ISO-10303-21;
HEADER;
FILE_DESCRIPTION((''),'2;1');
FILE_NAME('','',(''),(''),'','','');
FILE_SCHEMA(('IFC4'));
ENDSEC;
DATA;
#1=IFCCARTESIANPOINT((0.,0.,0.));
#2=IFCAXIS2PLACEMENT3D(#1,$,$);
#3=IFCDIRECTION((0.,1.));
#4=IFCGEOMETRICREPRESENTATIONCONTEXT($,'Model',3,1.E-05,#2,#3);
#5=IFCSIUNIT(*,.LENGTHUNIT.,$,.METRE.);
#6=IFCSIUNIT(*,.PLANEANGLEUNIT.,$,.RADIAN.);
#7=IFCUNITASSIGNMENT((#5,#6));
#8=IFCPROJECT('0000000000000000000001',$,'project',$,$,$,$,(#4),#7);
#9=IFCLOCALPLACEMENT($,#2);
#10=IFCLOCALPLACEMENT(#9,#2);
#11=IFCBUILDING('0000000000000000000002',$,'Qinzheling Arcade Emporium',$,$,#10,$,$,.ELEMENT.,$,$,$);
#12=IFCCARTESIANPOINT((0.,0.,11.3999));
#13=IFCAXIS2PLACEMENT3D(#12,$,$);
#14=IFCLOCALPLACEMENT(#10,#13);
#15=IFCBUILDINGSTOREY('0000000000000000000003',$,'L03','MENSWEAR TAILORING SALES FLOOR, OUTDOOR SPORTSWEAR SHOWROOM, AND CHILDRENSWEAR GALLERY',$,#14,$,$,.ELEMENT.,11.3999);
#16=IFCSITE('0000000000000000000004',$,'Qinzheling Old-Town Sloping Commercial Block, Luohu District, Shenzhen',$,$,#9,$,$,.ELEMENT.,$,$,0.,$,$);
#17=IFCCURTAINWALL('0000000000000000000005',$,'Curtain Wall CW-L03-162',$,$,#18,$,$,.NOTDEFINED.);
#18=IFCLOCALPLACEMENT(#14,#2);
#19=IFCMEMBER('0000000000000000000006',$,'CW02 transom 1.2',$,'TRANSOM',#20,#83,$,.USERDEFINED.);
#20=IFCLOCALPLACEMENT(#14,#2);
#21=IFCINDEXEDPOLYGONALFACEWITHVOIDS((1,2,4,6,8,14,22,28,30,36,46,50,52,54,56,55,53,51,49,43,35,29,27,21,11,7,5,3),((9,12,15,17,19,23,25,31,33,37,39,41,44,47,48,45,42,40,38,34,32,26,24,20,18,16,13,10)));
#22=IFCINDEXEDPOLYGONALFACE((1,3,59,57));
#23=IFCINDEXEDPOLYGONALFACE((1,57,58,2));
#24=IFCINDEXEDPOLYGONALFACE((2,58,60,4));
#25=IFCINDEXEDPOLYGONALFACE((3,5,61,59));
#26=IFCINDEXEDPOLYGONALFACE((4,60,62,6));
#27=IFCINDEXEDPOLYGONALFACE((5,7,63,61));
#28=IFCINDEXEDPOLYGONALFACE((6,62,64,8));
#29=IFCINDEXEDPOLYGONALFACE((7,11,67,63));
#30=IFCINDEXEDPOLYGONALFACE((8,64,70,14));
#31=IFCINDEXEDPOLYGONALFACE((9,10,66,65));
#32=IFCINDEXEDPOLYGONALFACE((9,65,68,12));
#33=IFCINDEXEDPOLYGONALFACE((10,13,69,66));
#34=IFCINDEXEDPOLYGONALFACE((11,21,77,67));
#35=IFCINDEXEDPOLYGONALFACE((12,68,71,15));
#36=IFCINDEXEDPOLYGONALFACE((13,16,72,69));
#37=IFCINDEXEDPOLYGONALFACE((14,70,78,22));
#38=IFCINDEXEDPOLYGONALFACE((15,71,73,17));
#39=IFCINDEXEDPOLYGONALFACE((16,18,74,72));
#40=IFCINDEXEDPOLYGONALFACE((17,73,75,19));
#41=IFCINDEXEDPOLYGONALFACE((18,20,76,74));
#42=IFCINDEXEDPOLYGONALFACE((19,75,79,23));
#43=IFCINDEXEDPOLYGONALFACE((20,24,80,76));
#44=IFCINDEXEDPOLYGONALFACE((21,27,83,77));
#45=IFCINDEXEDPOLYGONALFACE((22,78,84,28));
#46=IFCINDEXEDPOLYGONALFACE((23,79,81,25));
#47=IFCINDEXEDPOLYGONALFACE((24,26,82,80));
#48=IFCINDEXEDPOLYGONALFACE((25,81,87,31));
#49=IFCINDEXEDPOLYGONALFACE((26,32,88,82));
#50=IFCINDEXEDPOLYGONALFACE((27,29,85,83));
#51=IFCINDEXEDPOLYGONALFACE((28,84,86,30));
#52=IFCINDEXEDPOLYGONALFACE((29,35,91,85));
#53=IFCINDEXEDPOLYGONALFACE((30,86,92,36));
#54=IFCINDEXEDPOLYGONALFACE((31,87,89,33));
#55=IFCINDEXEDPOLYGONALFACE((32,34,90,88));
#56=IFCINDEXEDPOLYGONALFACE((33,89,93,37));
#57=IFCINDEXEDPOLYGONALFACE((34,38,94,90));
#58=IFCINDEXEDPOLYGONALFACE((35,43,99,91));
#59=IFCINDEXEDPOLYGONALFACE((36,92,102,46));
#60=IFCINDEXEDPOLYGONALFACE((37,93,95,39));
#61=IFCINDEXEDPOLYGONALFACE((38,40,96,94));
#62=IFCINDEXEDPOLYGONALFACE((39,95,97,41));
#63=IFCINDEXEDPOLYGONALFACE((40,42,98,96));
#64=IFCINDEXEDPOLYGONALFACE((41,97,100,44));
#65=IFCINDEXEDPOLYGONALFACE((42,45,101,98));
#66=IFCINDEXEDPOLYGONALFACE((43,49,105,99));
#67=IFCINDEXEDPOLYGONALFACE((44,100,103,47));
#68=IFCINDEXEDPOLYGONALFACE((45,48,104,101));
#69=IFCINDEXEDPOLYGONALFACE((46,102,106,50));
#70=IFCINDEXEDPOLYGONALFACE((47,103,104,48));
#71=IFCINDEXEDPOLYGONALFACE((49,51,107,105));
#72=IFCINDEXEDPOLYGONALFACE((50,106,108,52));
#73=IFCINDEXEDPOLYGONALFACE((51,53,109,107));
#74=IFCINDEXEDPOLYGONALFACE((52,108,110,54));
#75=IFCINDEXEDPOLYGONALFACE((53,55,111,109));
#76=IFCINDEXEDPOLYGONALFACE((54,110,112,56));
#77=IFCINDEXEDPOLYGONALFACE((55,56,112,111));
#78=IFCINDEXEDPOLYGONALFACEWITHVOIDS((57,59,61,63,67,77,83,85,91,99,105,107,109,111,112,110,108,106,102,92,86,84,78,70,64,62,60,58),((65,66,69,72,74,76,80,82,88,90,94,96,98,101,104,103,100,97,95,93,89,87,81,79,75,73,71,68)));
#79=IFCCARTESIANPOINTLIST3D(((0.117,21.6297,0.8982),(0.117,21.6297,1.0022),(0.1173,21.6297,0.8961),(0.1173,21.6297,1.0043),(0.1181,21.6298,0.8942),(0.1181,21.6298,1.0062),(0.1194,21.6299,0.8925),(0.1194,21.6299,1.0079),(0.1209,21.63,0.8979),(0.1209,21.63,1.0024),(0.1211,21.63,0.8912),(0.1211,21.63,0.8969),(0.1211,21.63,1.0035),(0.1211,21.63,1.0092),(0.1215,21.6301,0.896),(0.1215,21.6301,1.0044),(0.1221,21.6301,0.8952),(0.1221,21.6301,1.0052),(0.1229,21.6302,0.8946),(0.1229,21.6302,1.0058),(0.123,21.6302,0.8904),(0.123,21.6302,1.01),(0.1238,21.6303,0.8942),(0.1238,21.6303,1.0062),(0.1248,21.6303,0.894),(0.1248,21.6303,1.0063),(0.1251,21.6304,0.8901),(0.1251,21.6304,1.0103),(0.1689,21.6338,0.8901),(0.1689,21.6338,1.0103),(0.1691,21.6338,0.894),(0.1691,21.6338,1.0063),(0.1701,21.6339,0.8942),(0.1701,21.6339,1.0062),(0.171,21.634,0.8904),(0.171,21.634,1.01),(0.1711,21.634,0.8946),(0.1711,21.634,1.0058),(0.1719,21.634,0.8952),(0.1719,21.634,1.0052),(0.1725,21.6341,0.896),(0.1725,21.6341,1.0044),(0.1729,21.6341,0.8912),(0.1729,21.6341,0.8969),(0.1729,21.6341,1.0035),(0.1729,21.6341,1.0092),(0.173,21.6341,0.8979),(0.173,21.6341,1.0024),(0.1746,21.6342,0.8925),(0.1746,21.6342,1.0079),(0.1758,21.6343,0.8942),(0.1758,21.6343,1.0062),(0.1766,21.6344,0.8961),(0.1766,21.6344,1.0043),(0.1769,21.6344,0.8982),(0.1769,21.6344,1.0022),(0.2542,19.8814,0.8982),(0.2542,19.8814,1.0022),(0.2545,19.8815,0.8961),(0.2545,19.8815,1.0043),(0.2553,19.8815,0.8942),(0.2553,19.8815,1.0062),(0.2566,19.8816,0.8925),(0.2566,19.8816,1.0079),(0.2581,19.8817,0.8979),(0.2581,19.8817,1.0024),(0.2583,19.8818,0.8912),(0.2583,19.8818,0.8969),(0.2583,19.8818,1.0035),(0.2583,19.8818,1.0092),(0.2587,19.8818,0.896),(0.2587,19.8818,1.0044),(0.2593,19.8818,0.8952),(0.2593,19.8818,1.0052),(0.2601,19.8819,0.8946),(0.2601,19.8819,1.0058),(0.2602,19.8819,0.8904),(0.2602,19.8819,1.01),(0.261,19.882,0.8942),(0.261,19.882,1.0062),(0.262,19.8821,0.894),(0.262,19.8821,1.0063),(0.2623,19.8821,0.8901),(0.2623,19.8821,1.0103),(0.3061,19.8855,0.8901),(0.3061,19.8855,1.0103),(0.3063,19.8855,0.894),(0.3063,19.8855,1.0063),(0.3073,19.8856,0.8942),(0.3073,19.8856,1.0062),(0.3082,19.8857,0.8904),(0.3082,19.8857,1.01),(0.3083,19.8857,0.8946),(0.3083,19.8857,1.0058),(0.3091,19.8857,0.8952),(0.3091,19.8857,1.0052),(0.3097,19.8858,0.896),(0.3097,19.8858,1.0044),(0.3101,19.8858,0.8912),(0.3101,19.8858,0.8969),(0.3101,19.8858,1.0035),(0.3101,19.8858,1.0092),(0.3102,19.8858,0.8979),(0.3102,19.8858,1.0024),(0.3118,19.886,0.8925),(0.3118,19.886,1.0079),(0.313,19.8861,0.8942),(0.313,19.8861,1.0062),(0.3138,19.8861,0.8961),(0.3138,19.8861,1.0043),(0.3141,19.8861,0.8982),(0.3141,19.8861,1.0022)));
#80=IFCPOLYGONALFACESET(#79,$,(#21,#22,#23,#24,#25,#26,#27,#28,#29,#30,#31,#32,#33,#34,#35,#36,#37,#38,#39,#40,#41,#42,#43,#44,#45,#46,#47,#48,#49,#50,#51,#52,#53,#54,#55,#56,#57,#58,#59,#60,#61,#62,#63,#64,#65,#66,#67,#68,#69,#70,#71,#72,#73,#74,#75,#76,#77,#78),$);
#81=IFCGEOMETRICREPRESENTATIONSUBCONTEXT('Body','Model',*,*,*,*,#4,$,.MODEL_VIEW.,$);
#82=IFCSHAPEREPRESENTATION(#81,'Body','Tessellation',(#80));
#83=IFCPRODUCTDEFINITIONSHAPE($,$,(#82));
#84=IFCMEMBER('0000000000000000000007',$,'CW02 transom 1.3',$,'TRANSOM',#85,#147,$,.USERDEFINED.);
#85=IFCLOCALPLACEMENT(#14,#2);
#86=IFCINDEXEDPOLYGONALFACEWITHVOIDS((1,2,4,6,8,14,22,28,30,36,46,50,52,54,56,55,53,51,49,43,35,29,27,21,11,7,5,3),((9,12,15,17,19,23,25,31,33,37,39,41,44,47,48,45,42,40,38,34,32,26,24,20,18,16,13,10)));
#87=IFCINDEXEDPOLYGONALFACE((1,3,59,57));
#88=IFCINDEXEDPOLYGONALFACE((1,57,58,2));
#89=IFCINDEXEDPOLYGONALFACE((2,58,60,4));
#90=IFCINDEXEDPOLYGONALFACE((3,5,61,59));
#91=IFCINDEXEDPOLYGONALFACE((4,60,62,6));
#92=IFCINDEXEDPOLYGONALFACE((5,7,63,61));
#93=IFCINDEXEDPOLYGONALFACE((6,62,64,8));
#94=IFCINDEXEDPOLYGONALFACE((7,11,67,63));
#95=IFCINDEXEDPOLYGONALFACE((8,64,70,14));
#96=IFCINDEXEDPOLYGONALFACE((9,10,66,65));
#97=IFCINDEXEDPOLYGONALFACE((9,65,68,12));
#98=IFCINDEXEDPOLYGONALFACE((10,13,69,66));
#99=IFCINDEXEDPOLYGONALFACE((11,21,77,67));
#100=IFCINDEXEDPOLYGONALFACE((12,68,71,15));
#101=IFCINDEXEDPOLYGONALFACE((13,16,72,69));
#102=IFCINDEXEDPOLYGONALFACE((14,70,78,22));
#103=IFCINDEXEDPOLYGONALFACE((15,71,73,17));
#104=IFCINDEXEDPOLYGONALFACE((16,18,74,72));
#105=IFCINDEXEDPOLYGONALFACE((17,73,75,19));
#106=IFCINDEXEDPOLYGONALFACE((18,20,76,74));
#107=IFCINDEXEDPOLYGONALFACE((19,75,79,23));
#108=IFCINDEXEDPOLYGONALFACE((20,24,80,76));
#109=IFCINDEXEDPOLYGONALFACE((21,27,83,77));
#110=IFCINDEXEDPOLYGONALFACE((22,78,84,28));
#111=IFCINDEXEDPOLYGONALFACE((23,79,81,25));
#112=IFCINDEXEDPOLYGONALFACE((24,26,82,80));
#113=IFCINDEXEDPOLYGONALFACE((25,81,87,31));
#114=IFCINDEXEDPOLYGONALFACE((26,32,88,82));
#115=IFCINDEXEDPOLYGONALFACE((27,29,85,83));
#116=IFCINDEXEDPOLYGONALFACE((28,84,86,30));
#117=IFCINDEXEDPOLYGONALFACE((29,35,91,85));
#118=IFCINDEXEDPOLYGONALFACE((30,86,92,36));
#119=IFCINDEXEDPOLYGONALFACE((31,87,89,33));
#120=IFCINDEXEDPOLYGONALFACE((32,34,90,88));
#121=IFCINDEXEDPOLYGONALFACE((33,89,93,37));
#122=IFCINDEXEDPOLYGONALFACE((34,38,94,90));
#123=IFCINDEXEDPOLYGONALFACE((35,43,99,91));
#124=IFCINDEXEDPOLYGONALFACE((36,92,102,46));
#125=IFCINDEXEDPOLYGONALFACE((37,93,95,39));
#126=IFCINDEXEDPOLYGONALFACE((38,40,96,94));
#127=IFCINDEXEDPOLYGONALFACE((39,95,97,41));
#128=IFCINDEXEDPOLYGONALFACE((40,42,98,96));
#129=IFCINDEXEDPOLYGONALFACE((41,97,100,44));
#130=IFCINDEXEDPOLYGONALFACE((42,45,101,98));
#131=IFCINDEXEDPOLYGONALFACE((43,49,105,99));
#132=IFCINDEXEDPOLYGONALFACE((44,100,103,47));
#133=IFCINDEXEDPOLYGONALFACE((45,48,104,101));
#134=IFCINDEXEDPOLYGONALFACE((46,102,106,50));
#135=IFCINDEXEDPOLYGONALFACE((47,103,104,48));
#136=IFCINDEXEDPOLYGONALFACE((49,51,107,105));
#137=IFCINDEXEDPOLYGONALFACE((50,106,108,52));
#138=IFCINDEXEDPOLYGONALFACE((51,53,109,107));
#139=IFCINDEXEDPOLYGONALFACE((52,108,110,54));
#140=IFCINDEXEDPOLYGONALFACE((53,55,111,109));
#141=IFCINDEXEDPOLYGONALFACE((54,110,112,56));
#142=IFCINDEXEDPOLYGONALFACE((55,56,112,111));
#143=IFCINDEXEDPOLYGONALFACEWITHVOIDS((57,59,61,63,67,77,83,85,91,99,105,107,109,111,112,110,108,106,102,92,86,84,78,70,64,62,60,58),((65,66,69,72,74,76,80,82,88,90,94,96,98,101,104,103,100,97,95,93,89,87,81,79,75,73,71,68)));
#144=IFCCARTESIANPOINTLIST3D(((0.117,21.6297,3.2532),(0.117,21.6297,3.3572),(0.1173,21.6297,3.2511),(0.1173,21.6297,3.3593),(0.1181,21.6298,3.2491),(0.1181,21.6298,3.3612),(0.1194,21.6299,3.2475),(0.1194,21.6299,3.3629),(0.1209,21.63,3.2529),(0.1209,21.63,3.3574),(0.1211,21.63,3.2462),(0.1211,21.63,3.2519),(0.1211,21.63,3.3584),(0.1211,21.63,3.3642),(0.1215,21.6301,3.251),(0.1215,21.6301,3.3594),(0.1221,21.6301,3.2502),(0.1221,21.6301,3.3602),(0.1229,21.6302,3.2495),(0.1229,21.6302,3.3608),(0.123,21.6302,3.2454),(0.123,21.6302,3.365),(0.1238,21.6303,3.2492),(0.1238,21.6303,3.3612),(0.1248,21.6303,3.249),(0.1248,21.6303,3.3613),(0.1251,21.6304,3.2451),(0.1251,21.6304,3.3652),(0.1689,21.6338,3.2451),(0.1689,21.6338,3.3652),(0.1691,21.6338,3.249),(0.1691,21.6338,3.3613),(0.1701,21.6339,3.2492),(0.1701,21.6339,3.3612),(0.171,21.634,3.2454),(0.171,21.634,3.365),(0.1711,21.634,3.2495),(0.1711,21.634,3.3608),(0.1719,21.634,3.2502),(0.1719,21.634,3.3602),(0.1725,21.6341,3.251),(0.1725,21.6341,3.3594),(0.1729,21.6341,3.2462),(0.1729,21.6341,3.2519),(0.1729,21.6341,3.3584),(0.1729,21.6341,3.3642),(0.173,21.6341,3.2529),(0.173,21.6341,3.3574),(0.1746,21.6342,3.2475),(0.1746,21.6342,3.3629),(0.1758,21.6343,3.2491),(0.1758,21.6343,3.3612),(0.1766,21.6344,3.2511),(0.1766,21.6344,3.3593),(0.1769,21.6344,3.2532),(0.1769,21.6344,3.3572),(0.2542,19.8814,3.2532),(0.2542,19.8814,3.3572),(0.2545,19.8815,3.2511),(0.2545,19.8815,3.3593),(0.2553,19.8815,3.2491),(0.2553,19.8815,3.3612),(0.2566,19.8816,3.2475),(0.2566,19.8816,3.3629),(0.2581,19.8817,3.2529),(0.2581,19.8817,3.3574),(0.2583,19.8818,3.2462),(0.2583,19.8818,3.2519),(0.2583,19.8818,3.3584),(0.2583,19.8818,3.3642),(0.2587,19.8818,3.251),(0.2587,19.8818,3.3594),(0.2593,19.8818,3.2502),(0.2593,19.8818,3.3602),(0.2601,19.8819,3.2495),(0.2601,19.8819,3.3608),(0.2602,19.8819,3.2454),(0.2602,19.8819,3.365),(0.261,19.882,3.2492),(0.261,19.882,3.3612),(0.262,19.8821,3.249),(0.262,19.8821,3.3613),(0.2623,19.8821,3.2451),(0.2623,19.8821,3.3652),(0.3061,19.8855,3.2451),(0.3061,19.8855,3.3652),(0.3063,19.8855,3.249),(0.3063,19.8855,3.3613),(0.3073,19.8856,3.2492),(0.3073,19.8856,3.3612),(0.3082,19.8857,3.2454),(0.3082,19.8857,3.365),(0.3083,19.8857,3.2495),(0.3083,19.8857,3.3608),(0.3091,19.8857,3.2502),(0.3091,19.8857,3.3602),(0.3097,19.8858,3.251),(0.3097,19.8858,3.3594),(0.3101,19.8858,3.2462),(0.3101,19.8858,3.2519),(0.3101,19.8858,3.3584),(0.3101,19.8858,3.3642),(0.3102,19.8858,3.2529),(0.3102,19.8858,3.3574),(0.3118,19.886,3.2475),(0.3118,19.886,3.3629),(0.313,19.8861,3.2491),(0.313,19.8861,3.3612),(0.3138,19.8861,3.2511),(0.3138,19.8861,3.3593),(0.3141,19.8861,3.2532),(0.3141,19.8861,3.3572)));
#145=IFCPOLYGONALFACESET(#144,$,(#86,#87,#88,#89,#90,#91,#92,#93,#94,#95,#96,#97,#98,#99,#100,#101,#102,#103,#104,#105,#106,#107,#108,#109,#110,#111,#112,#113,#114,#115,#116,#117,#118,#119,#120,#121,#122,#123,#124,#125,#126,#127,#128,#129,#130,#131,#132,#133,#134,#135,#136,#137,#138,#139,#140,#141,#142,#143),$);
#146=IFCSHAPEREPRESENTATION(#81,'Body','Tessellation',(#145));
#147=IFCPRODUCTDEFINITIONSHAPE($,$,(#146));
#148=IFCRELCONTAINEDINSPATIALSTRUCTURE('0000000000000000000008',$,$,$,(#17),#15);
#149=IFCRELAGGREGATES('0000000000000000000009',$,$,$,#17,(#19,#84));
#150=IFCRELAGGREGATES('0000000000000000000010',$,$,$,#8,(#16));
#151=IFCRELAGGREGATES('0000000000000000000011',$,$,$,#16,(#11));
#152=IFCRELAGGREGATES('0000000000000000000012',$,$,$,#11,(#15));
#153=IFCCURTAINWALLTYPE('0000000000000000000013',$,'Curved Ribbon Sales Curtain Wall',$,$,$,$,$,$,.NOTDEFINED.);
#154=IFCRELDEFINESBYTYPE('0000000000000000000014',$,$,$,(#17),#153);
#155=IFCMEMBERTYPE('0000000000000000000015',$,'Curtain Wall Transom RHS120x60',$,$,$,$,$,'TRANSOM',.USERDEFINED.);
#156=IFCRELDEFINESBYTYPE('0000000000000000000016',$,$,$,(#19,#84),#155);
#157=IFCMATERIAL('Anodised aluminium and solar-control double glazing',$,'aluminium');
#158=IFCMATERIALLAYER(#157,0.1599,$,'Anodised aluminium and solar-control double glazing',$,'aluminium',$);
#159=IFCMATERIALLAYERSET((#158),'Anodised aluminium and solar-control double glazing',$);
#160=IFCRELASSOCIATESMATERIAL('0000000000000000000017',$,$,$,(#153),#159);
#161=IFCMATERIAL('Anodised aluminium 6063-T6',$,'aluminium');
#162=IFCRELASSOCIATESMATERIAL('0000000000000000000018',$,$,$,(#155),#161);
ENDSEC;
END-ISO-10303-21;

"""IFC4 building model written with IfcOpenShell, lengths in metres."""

from ifc_helpers import new_model, si_unit, direction, frame, origin, origin_2d, place, context, subcontext, project, spatial, hollow_rectangle, extrude, material, layer, layer_set, material_profile, profile_set, type_object, element, aggregate, save


model = new_model("IFC4")

# Units and contexts
model_context = context("Model", 3, precision=1e-05, world=origin(), true_north=direction((0.0, 1.0)))
body_context = subcontext(model_context, "Body", "Model", "MODEL_VIEW")
ifc_project = project(units=[si_unit("LENGTHUNIT", "METRE"), si_unit("PLANEANGLEUNIT", "RADIAN")], contexts=[model_context])

# Site, building, storey
site_placement = place(None, origin())
site = spatial("IfcSite", under=ifc_project, at=site_placement, Name="Qinzheling Old-Town Sloping Commercial Block, Luohu District, Shenzhen", CompositionType="ELEMENT", RefElevation=0.0)
building_placement = place(site_placement, origin())
building = spatial("IfcBuilding", under=site, at=building_placement, Name="Qinzheling Arcade Emporium", CompositionType="ELEMENT")
storey_placement = place(building_placement, frame((0.0, 0.0, 11.3999)))
storey = spatial("IfcBuildingStorey", under=building, at=storey_placement, Name="L03", Description="MENSWEAR TAILORING SALES FLOOR, OUTDOOR SPORTSWEAR SHOWROOM, AND CHILDRENSWEAR GALLERY", CompositionType="ELEMENT", Elevation=11.3999)

# Shared definitions
ifc_material_1 = material(Name="Anodised aluminium and solar-control double glazing", Category="aluminium")
ifc_layer_1 = layer(ifc_material_1, 0.1599, Name="Anodised aluminium and solar-control double glazing", Category="aluminium")
ifc_layer_set_1 = layer_set([ifc_layer_1], Name="Anodised aluminium and solar-control double glazing")
curtain_wall_type_1 = type_object("IfcCurtainWallType", Name="Curved Ribbon Sales Curtain Wall", PredefinedType="NOTDEFINED", material=ifc_layer_set_1)
ifc_material_2 = material(Name="Anodised aluminium 6063-T6", Category="aluminium")

# Curtain wall
curtain_wall_1_placement = place(storey_placement, origin())
curtain_wall_1 = element("IfcCurtainWall", 1, at=curtain_wall_1_placement, inside=storey, type_object=curtain_wall_type_1, Name="Curtain Wall CW-L03-162", PredefinedType="NOTDEFINED")

# Members
ifc_material_profile_1 = material_profile(ifc_material_2, hollow_rectangle(XDim=0.0601, YDim=0.1201, WallThickness=0.0039, InnerFilletRadius=0.0039, OuterFilletRadius=0.0081, at=origin_2d()), Name="RHS 120x60x4", Category="aluminium")
ifc_profile_set_1 = profile_set([ifc_material_profile_1], Name="Anodised aluminium 6063-T6")
member_type_1 = type_object("IfcMemberType", Name="Curtain Wall Transom RHS120x60", ElementType="TRANSOM", PredefinedType="USERDEFINED", material=ifc_profile_set_1)
member_1_placement = place(storey_placement, frame((0.2842, 19.8838, 0.9502), z_axis=(-0.07824, 0.996935, 0.0), x_axis=(-0.996935, -0.07824, 0.0)))
member_1 = element("IfcMember", 2, at=member_1_placement, type_object=member_type_1, Name="CW02 transom 1.2", ObjectType="TRANSOM", PredefinedType="USERDEFINED", context=body_context, shape_type="SweptSolid", body=[
    extrude(hollow_rectangle(XDim=0.0601, YDim=0.1201, WallThickness=0.0039, InnerFilletRadius=0.0039, OuterFilletRadius=0.0081, at=origin_2d()), origin(), (0.0, 0.0, 1.0), 1.7537),
])
member_2_placement = place(storey_placement, frame((0.2842, 19.8838, 3.3052), z_axis=(-0.07824, 0.996935, 0.0), x_axis=(-0.996935, -0.07824, 0.0)))
member_2 = element("IfcMember", 3, at=member_2_placement, type_object=member_type_1, Name="CW02 transom 1.3", ObjectType="TRANSOM", PredefinedType="USERDEFINED", context=body_context, shape_type="SweptSolid", body=[
    extrude(hollow_rectangle(XDim=0.0601, YDim=0.1201, WallThickness=0.0039, InnerFilletRadius=0.0039, OuterFilletRadius=0.0081, at=origin_2d()), origin(), (0.0, 0.0, 1.0), 1.7537),
])

aggregate(curtain_wall_1, [member_1, member_2])

save(model, "model.ifc")
